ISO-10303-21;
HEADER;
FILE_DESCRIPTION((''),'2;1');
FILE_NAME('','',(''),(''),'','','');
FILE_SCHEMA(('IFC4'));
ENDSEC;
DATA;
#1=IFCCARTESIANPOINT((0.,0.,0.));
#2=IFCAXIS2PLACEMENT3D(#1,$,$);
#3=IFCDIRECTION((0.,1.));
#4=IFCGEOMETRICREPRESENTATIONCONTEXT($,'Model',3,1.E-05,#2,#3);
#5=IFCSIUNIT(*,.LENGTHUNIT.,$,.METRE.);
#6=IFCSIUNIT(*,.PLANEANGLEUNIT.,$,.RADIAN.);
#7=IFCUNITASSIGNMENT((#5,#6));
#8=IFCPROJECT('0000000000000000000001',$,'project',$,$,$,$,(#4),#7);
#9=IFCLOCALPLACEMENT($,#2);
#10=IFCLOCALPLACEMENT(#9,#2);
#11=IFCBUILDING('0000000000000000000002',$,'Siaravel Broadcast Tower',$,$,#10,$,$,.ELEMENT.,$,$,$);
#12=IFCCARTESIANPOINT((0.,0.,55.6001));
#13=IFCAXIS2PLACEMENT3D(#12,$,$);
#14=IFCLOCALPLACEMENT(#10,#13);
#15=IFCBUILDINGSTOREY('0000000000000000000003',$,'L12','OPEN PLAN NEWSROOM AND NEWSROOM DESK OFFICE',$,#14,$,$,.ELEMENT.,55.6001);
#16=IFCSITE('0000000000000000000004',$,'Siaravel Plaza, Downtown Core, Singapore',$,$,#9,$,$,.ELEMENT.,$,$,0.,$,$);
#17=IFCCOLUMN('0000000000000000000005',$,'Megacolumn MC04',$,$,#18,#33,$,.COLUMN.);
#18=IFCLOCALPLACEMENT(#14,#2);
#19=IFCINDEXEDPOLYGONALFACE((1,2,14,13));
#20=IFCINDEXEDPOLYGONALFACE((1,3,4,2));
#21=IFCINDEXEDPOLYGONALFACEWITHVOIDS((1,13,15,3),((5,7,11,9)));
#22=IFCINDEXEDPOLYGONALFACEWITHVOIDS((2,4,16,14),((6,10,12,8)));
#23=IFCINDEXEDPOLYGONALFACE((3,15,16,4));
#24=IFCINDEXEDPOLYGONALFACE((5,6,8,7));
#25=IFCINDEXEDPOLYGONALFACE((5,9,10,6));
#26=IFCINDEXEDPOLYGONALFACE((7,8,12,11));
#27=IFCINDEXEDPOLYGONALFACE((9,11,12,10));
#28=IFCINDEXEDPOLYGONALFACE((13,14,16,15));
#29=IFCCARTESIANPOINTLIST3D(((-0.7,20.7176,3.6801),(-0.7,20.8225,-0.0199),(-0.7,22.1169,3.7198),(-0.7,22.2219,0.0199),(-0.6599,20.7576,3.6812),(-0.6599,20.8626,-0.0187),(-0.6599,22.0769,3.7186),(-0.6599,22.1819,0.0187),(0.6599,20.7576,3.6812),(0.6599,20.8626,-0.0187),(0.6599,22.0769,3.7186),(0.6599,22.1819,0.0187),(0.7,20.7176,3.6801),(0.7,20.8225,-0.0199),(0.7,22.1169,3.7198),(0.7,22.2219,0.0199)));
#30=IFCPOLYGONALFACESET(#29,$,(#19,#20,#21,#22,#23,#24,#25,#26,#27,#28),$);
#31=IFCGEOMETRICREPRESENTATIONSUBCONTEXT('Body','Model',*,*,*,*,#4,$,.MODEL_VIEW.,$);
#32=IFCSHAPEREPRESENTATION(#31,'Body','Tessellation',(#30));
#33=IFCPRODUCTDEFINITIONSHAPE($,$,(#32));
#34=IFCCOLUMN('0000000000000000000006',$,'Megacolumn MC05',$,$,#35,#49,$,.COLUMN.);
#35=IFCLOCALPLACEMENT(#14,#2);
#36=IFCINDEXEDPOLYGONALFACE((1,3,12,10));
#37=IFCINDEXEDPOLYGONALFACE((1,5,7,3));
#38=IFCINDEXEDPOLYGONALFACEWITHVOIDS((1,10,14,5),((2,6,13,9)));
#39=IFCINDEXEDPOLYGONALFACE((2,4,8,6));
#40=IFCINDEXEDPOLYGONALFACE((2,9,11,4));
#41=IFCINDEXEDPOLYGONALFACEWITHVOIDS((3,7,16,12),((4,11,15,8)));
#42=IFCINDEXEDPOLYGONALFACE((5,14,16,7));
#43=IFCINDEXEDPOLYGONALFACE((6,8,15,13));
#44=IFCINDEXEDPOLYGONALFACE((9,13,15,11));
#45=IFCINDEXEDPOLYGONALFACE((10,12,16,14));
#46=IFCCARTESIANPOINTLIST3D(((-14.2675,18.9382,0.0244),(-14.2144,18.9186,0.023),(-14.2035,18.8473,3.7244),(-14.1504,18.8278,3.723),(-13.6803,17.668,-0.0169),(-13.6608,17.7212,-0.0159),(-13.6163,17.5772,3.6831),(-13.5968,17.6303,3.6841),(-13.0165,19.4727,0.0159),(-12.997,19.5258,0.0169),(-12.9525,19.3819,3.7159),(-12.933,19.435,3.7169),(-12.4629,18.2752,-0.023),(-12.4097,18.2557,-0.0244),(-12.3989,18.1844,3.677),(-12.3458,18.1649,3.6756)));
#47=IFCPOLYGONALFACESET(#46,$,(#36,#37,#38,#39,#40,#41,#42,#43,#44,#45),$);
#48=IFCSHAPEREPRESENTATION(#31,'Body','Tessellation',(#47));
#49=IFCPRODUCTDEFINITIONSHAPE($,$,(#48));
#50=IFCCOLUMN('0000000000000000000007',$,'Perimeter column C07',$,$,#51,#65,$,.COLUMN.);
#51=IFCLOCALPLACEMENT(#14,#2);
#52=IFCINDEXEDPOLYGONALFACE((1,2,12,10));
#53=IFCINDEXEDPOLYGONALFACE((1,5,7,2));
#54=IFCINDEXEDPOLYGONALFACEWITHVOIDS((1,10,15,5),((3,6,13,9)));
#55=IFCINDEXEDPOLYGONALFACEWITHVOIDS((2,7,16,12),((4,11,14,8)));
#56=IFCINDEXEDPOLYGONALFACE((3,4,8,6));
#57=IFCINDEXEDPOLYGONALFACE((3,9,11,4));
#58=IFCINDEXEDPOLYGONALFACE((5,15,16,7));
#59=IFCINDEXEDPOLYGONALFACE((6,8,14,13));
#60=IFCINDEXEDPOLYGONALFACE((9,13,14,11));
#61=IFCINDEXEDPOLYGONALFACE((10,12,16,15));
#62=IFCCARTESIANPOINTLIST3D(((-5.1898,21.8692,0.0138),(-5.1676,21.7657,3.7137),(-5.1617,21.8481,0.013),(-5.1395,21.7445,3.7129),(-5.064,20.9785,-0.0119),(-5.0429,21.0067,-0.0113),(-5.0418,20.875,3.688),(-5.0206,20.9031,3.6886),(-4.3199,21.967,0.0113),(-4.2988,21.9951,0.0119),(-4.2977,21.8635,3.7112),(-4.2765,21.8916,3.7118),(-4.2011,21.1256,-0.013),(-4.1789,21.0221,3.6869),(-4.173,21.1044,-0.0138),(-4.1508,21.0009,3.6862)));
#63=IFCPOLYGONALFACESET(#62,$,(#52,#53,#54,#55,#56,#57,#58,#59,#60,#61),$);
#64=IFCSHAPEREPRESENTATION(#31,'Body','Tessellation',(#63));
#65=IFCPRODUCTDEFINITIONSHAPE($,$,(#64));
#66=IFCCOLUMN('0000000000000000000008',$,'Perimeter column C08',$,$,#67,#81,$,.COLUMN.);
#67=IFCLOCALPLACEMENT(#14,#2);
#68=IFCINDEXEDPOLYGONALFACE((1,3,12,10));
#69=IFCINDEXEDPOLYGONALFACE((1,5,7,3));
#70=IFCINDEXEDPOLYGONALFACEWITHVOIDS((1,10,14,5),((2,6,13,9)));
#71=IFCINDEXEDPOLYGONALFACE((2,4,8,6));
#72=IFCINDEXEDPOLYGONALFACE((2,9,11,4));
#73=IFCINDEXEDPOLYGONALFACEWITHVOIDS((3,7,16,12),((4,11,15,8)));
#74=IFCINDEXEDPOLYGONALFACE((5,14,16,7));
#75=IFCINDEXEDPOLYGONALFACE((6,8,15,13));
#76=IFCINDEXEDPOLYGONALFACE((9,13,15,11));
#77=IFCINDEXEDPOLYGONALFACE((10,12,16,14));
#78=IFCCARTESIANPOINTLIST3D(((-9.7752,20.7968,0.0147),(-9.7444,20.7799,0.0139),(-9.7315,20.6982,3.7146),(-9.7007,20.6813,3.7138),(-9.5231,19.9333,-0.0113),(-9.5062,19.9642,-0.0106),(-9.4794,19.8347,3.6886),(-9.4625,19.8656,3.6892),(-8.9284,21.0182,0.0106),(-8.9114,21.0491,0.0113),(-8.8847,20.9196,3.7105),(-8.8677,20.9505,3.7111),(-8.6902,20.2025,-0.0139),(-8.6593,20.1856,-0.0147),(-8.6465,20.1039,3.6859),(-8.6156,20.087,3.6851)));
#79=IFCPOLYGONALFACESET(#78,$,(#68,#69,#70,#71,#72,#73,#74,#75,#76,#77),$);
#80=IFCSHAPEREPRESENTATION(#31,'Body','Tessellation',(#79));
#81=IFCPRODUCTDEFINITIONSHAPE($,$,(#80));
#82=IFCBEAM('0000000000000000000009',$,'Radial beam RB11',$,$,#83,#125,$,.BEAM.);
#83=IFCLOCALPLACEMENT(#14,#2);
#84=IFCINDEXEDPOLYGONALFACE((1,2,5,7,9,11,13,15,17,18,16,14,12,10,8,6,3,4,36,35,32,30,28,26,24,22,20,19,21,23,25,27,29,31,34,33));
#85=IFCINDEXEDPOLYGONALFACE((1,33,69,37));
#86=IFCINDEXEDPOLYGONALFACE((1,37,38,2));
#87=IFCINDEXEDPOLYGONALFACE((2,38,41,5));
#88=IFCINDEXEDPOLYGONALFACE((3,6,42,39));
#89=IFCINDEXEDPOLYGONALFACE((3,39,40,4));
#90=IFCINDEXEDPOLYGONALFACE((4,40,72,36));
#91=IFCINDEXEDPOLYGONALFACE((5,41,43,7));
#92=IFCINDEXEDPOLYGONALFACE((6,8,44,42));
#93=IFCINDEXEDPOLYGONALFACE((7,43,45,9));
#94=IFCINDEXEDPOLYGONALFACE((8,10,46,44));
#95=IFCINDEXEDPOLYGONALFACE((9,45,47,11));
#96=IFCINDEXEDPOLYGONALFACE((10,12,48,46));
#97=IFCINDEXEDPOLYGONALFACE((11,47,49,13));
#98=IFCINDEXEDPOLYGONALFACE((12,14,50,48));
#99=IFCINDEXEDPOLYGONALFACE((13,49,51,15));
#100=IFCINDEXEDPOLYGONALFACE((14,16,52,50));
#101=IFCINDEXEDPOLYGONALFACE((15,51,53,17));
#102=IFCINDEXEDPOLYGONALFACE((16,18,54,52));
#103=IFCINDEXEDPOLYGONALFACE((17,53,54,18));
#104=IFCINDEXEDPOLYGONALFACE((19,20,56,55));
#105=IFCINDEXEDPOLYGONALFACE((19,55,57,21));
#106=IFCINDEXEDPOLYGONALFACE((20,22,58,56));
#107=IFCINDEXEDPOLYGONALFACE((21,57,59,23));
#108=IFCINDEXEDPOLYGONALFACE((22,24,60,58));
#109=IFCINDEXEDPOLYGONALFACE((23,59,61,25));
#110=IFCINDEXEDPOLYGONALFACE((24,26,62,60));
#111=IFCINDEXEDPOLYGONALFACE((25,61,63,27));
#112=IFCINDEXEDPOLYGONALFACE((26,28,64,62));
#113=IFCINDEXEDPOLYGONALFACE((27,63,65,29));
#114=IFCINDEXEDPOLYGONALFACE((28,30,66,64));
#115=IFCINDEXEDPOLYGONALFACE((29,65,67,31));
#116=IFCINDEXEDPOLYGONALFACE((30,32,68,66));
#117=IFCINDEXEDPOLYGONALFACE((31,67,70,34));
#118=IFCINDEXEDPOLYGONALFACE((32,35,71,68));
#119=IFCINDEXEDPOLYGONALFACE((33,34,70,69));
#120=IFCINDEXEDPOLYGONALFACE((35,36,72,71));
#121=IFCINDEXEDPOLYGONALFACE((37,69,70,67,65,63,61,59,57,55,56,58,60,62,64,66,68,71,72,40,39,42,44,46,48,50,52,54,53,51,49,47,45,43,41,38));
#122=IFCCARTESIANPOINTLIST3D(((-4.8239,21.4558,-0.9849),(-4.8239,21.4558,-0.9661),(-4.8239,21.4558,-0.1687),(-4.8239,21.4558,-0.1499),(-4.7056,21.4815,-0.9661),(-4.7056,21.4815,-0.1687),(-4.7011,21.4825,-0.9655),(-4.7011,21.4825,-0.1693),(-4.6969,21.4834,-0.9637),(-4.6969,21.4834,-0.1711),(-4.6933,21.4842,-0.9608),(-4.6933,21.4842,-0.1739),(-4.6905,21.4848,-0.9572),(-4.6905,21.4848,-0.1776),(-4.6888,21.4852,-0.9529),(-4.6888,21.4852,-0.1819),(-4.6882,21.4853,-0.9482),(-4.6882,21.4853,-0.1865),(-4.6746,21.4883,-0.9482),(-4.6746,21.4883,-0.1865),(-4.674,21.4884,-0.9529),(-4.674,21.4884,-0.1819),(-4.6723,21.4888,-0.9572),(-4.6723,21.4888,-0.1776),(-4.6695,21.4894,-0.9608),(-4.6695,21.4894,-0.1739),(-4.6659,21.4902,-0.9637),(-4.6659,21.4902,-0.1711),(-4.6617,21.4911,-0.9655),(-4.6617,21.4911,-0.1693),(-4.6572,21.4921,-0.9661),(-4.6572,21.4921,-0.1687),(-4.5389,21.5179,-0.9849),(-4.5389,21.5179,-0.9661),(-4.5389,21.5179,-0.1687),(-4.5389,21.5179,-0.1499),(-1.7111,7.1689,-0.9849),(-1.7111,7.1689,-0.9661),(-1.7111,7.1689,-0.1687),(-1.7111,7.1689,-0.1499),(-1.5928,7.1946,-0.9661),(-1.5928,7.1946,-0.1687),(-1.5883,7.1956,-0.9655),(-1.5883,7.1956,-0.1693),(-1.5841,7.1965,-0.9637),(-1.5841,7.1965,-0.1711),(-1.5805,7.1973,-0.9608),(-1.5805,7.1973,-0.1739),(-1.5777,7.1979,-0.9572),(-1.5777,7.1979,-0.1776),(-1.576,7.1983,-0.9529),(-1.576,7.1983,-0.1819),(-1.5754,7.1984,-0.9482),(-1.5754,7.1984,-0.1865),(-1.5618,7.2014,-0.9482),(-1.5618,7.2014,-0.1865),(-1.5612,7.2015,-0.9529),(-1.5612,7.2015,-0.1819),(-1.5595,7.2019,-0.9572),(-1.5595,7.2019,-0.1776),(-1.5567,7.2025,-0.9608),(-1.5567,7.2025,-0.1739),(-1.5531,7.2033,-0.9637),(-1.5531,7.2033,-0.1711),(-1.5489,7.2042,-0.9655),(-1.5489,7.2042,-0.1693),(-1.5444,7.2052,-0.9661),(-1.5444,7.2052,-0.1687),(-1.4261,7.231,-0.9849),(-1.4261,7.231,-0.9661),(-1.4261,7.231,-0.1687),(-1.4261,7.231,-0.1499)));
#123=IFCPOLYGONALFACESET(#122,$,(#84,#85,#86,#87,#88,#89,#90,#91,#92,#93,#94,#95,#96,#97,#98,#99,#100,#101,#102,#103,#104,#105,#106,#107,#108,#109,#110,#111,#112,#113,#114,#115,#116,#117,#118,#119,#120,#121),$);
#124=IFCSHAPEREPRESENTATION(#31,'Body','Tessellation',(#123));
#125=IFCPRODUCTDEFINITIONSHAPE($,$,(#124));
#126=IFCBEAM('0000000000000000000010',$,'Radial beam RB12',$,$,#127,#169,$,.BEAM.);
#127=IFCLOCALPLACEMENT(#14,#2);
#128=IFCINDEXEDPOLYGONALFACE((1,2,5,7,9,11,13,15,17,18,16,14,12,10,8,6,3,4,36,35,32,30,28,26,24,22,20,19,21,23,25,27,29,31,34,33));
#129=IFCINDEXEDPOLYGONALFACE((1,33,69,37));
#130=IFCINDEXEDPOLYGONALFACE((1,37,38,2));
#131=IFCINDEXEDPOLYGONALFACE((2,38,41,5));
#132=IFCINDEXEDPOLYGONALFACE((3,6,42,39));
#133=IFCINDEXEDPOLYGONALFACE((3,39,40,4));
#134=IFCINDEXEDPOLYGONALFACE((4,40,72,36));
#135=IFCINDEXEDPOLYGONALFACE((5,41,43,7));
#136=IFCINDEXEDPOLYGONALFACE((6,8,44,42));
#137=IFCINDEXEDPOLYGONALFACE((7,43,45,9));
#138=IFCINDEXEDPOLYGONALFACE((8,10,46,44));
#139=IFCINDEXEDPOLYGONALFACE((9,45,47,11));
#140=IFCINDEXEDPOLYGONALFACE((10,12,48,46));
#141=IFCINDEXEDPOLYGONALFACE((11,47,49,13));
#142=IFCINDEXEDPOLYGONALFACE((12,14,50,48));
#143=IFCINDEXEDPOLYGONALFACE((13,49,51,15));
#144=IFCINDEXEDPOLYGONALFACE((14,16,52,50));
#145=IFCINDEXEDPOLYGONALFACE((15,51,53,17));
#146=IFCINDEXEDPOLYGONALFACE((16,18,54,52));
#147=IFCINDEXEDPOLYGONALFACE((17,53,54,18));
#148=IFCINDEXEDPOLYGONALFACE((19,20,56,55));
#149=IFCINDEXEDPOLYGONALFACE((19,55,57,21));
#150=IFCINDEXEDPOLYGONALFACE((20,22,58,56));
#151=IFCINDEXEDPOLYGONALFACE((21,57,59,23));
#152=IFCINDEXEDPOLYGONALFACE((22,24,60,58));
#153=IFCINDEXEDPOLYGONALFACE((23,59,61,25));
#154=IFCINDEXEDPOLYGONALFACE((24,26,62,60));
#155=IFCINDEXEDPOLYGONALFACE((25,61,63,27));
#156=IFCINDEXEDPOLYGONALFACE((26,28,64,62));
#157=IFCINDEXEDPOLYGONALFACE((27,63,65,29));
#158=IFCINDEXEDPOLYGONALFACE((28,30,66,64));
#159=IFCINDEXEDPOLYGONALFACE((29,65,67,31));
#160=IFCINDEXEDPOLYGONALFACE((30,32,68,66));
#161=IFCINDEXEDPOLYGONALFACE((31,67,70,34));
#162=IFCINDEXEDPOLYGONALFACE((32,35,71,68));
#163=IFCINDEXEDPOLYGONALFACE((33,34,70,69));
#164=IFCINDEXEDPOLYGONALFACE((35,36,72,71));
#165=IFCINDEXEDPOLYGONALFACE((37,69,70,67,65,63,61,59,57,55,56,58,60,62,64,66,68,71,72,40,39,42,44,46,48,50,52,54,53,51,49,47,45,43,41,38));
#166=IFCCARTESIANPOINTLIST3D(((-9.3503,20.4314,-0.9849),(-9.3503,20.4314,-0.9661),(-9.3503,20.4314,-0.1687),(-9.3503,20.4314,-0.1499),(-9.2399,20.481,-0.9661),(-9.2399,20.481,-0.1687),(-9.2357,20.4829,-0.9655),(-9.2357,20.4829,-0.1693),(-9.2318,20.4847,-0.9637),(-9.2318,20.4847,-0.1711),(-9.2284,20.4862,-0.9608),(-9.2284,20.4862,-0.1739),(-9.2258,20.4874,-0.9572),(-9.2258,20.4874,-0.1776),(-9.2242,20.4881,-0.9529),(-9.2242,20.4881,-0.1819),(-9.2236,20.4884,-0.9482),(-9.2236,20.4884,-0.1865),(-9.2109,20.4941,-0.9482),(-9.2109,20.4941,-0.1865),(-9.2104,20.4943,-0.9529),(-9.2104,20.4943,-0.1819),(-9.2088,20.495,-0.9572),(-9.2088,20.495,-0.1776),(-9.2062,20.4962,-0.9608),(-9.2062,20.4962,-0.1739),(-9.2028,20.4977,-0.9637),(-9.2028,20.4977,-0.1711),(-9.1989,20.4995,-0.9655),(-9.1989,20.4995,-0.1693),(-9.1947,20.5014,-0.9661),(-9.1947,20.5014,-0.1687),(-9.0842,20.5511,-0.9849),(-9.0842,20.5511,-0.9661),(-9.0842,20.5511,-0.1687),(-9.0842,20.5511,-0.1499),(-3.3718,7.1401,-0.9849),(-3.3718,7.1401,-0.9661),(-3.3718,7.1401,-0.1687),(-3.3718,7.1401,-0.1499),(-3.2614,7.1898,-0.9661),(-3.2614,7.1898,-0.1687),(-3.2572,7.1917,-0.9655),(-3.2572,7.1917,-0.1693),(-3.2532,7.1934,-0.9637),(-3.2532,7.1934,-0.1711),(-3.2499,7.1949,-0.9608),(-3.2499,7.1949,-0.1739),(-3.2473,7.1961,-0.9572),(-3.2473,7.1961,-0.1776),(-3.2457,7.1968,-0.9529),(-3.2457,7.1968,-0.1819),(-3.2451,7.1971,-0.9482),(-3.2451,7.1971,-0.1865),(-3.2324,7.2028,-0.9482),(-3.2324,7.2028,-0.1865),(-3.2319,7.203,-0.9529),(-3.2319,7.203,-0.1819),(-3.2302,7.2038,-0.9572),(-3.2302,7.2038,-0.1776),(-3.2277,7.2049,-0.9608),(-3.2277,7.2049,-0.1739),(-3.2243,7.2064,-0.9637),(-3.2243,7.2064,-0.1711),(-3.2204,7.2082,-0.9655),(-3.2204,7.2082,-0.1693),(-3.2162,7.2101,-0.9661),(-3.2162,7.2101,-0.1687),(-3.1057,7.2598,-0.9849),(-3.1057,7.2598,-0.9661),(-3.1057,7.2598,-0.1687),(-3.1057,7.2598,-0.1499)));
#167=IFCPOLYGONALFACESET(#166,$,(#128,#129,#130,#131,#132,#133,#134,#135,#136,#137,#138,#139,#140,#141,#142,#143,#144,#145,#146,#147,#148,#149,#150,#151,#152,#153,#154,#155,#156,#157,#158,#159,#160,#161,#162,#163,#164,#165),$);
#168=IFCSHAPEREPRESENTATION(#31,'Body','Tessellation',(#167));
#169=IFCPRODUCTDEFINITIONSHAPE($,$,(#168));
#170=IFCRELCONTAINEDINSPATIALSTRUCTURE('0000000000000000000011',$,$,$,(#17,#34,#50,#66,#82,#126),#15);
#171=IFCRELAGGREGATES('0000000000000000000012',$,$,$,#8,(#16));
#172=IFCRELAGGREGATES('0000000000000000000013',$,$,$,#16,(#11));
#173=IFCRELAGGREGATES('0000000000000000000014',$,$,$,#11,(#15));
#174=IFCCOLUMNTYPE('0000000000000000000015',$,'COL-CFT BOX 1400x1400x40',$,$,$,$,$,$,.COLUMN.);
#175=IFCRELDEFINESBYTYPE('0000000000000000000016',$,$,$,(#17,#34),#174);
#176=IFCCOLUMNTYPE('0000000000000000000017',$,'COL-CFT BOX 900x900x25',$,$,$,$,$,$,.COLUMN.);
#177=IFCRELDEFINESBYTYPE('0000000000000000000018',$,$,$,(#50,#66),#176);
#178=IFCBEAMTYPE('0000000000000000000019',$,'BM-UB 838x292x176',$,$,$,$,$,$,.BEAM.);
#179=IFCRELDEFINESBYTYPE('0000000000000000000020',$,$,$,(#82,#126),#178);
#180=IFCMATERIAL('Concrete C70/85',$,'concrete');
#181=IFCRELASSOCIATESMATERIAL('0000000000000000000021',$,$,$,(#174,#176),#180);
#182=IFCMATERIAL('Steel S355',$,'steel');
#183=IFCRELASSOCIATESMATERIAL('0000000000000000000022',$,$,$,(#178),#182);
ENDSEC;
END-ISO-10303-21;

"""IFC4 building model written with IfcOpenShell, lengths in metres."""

from ifc_helpers import new_model, si_unit, direction, frame, origin, origin_2d, place, context, subcontext, project, spatial, hollow_rectangle, i_section, extrude, material, material_profile, profile_set, type_object, element, save


model = new_model("IFC4")

# Units and contexts
model_context = context("Model", 3, precision=1e-05, world=origin(), true_north=direction((0.0, 1.0)))
body_context = subcontext(model_context, "Body", "Model", "MODEL_VIEW")
ifc_project = project(units=[si_unit("LENGTHUNIT", "METRE"), si_unit("PLANEANGLEUNIT", "RADIAN")], contexts=[model_context])

# Site, building, storey
site_placement = place(None, origin())
site = spatial("IfcSite", under=ifc_project, at=site_placement, Name="Siaravel Plaza, Downtown Core, Singapore", CompositionType="ELEMENT", RefElevation=0.0)
building_placement = place(site_placement, origin())
building = spatial("IfcBuilding", under=site, at=building_placement, Name="Siaravel Broadcast Tower", CompositionType="ELEMENT")
storey_placement = place(building_placement, frame((0.0, 0.0, 55.6001)))
storey = spatial("IfcBuildingStorey", under=building, at=storey_placement, Name="L12", Description="OPEN PLAN NEWSROOM AND NEWSROOM DESK OFFICE", CompositionType="ELEMENT", Elevation=55.6001)

# Columns
ifc_material_1 = material(Name="Concrete C70/85", Category="concrete")
ifc_material_profile_1 = material_profile(ifc_material_1, hollow_rectangle(XDim=1.3999, YDim=1.3999, WallThickness=0.04, at=origin_2d()))
ifc_profile_set_1 = profile_set([ifc_material_profile_1], Name="Concrete C70/85")
column_type_1 = type_object("IfcColumnType", Name="COL-CFT BOX 1400x1400x40", PredefinedType="COLUMN", material=ifc_profile_set_1)
column_1_placement = place(storey_placement, frame((0.0, 21.5222, 0.0), z_axis=(0.0, -0.028362, 0.999598), x_axis=(1.0, 0.0, 0.0)))
element("IfcColumn", 1, at=column_1_placement, inside=storey, type_object=column_type_1, Name="Megacolumn MC04", PredefinedType="COLUMN", context=body_context, shape_type="SweptSolid", body=[
    extrude(hollow_rectangle(XDim=1.3999, YDim=1.3999, WallThickness=0.04, at=origin_2d()), origin(), (0.0, 0.0, 1.0), 3.7014),
])
column_2_placement = place(storey_placement, frame((-13.3386, 18.5969, 0.0), z_axis=(0.01728, -0.024535, 0.99955), x_axis=(0.907606, 0.419789, -0.005386)))
element("IfcColumn", 2, at=column_2_placement, inside=storey, type_object=column_type_1, Name="Megacolumn MC05", PredefinedType="COLUMN", context=body_context, shape_type="SweptSolid", body=[
    extrude(hollow_rectangle(XDim=1.3999, YDim=1.3999, WallThickness=0.04, at=origin_2d()), origin(), (0.0, 0.0, 1.0), 3.7017),
])
ifc_material_profile_2 = material_profile(ifc_material_1, hollow_rectangle(XDim=0.8999, YDim=0.8999, WallThickness=0.0249, at=origin_2d()))
ifc_profile_set_2 = profile_set([ifc_material_profile_2], Name="Concrete C70/85")
column_type_2 = type_object("IfcColumnType", Name="COL-CFT BOX 900x900x25", PredefinedType="COLUMN", material=ifc_profile_set_2)
for number, where, z_axis, x_axis, name in (
    (3, (-4.6814, 21.4868, 0.0), (0.006002, -0.027966, 0.999591), (0.990164, 0.139896, -0.002032), "Perimeter column C07"),
    (4, (-9.2173, 20.4912, 0.0), (0.011806, -0.026647, 0.999575), (0.959887, 0.280361, -0.003864), "Perimeter column C08"),
):
    element("IfcColumn", number, at=place(storey_placement, frame(where, z_axis=z_axis, x_axis=x_axis)), inside=storey, type_object=column_type_2, Name=name, PredefinedType="COLUMN", context=body_context, shape_type="SweptSolid", body=[
        extrude(hollow_rectangle(XDim=0.8999, YDim=0.8999, WallThickness=0.0249, at=origin_2d()), origin(), (0.0, 0.0, 1.0), 3.7014),
    ])

# Beams
ifc_material_2 = material(Name="Steel S355", Category="steel")
ifc_material_profile_3 = material_profile(ifc_material_2, i_section(OverallWidth=0.2917, OverallDepth=0.835, WebThickness=0.0139, FlangeThickness=0.0188, FilletRadius=0.0178, at=origin_2d()))
ifc_profile_set_3 = profile_set([ifc_material_profile_3], Name="Steel S355")
beam_type = type_object("IfcBeamType", Name="BM-UB 838x292x176", PredefinedType="BEAM", material=ifc_profile_set_3)
beam_1_placement = place(storey_placement, frame((-4.6814, 21.4868, -0.5674), z_axis=(0.212884, -0.977078, 0.0), x_axis=(0.977078, 0.212884, 0.0)))
element("IfcBeam", 5, at=beam_1_placement, inside=storey, type_object=beam_type, Name="Radial beam RB11", PredefinedType="BEAM", context=body_context, shape_type="SweptSolid", body=[
    extrude(i_section(OverallWidth=0.2917, OverallDepth=0.835, WebThickness=0.0139, FlangeThickness=0.0188, FilletRadius=0.0178, at=origin_2d()), origin(), (0.0, 0.0, 1.0), 14.6221),
])
beam_2_placement = place(storey_placement, frame((-9.2173, 20.4912, -0.5674), z_axis=(0.410219, -0.911987, 0.0), x_axis=(0.911987, 0.410219, 0.0)))
element("IfcBeam", 6, at=beam_2_placement, inside=storey, type_object=beam_type, Name="Radial beam RB12", PredefinedType="BEAM", context=body_context, shape_type="SweptSolid", body=[
    extrude(i_section(OverallWidth=0.2917, OverallDepth=0.835, WebThickness=0.0139, FlangeThickness=0.0188, FilletRadius=0.0178, at=origin_2d()), origin(), (0.0, 0.0, 1.0), 14.574),
])

save(model, "model.ifc")
